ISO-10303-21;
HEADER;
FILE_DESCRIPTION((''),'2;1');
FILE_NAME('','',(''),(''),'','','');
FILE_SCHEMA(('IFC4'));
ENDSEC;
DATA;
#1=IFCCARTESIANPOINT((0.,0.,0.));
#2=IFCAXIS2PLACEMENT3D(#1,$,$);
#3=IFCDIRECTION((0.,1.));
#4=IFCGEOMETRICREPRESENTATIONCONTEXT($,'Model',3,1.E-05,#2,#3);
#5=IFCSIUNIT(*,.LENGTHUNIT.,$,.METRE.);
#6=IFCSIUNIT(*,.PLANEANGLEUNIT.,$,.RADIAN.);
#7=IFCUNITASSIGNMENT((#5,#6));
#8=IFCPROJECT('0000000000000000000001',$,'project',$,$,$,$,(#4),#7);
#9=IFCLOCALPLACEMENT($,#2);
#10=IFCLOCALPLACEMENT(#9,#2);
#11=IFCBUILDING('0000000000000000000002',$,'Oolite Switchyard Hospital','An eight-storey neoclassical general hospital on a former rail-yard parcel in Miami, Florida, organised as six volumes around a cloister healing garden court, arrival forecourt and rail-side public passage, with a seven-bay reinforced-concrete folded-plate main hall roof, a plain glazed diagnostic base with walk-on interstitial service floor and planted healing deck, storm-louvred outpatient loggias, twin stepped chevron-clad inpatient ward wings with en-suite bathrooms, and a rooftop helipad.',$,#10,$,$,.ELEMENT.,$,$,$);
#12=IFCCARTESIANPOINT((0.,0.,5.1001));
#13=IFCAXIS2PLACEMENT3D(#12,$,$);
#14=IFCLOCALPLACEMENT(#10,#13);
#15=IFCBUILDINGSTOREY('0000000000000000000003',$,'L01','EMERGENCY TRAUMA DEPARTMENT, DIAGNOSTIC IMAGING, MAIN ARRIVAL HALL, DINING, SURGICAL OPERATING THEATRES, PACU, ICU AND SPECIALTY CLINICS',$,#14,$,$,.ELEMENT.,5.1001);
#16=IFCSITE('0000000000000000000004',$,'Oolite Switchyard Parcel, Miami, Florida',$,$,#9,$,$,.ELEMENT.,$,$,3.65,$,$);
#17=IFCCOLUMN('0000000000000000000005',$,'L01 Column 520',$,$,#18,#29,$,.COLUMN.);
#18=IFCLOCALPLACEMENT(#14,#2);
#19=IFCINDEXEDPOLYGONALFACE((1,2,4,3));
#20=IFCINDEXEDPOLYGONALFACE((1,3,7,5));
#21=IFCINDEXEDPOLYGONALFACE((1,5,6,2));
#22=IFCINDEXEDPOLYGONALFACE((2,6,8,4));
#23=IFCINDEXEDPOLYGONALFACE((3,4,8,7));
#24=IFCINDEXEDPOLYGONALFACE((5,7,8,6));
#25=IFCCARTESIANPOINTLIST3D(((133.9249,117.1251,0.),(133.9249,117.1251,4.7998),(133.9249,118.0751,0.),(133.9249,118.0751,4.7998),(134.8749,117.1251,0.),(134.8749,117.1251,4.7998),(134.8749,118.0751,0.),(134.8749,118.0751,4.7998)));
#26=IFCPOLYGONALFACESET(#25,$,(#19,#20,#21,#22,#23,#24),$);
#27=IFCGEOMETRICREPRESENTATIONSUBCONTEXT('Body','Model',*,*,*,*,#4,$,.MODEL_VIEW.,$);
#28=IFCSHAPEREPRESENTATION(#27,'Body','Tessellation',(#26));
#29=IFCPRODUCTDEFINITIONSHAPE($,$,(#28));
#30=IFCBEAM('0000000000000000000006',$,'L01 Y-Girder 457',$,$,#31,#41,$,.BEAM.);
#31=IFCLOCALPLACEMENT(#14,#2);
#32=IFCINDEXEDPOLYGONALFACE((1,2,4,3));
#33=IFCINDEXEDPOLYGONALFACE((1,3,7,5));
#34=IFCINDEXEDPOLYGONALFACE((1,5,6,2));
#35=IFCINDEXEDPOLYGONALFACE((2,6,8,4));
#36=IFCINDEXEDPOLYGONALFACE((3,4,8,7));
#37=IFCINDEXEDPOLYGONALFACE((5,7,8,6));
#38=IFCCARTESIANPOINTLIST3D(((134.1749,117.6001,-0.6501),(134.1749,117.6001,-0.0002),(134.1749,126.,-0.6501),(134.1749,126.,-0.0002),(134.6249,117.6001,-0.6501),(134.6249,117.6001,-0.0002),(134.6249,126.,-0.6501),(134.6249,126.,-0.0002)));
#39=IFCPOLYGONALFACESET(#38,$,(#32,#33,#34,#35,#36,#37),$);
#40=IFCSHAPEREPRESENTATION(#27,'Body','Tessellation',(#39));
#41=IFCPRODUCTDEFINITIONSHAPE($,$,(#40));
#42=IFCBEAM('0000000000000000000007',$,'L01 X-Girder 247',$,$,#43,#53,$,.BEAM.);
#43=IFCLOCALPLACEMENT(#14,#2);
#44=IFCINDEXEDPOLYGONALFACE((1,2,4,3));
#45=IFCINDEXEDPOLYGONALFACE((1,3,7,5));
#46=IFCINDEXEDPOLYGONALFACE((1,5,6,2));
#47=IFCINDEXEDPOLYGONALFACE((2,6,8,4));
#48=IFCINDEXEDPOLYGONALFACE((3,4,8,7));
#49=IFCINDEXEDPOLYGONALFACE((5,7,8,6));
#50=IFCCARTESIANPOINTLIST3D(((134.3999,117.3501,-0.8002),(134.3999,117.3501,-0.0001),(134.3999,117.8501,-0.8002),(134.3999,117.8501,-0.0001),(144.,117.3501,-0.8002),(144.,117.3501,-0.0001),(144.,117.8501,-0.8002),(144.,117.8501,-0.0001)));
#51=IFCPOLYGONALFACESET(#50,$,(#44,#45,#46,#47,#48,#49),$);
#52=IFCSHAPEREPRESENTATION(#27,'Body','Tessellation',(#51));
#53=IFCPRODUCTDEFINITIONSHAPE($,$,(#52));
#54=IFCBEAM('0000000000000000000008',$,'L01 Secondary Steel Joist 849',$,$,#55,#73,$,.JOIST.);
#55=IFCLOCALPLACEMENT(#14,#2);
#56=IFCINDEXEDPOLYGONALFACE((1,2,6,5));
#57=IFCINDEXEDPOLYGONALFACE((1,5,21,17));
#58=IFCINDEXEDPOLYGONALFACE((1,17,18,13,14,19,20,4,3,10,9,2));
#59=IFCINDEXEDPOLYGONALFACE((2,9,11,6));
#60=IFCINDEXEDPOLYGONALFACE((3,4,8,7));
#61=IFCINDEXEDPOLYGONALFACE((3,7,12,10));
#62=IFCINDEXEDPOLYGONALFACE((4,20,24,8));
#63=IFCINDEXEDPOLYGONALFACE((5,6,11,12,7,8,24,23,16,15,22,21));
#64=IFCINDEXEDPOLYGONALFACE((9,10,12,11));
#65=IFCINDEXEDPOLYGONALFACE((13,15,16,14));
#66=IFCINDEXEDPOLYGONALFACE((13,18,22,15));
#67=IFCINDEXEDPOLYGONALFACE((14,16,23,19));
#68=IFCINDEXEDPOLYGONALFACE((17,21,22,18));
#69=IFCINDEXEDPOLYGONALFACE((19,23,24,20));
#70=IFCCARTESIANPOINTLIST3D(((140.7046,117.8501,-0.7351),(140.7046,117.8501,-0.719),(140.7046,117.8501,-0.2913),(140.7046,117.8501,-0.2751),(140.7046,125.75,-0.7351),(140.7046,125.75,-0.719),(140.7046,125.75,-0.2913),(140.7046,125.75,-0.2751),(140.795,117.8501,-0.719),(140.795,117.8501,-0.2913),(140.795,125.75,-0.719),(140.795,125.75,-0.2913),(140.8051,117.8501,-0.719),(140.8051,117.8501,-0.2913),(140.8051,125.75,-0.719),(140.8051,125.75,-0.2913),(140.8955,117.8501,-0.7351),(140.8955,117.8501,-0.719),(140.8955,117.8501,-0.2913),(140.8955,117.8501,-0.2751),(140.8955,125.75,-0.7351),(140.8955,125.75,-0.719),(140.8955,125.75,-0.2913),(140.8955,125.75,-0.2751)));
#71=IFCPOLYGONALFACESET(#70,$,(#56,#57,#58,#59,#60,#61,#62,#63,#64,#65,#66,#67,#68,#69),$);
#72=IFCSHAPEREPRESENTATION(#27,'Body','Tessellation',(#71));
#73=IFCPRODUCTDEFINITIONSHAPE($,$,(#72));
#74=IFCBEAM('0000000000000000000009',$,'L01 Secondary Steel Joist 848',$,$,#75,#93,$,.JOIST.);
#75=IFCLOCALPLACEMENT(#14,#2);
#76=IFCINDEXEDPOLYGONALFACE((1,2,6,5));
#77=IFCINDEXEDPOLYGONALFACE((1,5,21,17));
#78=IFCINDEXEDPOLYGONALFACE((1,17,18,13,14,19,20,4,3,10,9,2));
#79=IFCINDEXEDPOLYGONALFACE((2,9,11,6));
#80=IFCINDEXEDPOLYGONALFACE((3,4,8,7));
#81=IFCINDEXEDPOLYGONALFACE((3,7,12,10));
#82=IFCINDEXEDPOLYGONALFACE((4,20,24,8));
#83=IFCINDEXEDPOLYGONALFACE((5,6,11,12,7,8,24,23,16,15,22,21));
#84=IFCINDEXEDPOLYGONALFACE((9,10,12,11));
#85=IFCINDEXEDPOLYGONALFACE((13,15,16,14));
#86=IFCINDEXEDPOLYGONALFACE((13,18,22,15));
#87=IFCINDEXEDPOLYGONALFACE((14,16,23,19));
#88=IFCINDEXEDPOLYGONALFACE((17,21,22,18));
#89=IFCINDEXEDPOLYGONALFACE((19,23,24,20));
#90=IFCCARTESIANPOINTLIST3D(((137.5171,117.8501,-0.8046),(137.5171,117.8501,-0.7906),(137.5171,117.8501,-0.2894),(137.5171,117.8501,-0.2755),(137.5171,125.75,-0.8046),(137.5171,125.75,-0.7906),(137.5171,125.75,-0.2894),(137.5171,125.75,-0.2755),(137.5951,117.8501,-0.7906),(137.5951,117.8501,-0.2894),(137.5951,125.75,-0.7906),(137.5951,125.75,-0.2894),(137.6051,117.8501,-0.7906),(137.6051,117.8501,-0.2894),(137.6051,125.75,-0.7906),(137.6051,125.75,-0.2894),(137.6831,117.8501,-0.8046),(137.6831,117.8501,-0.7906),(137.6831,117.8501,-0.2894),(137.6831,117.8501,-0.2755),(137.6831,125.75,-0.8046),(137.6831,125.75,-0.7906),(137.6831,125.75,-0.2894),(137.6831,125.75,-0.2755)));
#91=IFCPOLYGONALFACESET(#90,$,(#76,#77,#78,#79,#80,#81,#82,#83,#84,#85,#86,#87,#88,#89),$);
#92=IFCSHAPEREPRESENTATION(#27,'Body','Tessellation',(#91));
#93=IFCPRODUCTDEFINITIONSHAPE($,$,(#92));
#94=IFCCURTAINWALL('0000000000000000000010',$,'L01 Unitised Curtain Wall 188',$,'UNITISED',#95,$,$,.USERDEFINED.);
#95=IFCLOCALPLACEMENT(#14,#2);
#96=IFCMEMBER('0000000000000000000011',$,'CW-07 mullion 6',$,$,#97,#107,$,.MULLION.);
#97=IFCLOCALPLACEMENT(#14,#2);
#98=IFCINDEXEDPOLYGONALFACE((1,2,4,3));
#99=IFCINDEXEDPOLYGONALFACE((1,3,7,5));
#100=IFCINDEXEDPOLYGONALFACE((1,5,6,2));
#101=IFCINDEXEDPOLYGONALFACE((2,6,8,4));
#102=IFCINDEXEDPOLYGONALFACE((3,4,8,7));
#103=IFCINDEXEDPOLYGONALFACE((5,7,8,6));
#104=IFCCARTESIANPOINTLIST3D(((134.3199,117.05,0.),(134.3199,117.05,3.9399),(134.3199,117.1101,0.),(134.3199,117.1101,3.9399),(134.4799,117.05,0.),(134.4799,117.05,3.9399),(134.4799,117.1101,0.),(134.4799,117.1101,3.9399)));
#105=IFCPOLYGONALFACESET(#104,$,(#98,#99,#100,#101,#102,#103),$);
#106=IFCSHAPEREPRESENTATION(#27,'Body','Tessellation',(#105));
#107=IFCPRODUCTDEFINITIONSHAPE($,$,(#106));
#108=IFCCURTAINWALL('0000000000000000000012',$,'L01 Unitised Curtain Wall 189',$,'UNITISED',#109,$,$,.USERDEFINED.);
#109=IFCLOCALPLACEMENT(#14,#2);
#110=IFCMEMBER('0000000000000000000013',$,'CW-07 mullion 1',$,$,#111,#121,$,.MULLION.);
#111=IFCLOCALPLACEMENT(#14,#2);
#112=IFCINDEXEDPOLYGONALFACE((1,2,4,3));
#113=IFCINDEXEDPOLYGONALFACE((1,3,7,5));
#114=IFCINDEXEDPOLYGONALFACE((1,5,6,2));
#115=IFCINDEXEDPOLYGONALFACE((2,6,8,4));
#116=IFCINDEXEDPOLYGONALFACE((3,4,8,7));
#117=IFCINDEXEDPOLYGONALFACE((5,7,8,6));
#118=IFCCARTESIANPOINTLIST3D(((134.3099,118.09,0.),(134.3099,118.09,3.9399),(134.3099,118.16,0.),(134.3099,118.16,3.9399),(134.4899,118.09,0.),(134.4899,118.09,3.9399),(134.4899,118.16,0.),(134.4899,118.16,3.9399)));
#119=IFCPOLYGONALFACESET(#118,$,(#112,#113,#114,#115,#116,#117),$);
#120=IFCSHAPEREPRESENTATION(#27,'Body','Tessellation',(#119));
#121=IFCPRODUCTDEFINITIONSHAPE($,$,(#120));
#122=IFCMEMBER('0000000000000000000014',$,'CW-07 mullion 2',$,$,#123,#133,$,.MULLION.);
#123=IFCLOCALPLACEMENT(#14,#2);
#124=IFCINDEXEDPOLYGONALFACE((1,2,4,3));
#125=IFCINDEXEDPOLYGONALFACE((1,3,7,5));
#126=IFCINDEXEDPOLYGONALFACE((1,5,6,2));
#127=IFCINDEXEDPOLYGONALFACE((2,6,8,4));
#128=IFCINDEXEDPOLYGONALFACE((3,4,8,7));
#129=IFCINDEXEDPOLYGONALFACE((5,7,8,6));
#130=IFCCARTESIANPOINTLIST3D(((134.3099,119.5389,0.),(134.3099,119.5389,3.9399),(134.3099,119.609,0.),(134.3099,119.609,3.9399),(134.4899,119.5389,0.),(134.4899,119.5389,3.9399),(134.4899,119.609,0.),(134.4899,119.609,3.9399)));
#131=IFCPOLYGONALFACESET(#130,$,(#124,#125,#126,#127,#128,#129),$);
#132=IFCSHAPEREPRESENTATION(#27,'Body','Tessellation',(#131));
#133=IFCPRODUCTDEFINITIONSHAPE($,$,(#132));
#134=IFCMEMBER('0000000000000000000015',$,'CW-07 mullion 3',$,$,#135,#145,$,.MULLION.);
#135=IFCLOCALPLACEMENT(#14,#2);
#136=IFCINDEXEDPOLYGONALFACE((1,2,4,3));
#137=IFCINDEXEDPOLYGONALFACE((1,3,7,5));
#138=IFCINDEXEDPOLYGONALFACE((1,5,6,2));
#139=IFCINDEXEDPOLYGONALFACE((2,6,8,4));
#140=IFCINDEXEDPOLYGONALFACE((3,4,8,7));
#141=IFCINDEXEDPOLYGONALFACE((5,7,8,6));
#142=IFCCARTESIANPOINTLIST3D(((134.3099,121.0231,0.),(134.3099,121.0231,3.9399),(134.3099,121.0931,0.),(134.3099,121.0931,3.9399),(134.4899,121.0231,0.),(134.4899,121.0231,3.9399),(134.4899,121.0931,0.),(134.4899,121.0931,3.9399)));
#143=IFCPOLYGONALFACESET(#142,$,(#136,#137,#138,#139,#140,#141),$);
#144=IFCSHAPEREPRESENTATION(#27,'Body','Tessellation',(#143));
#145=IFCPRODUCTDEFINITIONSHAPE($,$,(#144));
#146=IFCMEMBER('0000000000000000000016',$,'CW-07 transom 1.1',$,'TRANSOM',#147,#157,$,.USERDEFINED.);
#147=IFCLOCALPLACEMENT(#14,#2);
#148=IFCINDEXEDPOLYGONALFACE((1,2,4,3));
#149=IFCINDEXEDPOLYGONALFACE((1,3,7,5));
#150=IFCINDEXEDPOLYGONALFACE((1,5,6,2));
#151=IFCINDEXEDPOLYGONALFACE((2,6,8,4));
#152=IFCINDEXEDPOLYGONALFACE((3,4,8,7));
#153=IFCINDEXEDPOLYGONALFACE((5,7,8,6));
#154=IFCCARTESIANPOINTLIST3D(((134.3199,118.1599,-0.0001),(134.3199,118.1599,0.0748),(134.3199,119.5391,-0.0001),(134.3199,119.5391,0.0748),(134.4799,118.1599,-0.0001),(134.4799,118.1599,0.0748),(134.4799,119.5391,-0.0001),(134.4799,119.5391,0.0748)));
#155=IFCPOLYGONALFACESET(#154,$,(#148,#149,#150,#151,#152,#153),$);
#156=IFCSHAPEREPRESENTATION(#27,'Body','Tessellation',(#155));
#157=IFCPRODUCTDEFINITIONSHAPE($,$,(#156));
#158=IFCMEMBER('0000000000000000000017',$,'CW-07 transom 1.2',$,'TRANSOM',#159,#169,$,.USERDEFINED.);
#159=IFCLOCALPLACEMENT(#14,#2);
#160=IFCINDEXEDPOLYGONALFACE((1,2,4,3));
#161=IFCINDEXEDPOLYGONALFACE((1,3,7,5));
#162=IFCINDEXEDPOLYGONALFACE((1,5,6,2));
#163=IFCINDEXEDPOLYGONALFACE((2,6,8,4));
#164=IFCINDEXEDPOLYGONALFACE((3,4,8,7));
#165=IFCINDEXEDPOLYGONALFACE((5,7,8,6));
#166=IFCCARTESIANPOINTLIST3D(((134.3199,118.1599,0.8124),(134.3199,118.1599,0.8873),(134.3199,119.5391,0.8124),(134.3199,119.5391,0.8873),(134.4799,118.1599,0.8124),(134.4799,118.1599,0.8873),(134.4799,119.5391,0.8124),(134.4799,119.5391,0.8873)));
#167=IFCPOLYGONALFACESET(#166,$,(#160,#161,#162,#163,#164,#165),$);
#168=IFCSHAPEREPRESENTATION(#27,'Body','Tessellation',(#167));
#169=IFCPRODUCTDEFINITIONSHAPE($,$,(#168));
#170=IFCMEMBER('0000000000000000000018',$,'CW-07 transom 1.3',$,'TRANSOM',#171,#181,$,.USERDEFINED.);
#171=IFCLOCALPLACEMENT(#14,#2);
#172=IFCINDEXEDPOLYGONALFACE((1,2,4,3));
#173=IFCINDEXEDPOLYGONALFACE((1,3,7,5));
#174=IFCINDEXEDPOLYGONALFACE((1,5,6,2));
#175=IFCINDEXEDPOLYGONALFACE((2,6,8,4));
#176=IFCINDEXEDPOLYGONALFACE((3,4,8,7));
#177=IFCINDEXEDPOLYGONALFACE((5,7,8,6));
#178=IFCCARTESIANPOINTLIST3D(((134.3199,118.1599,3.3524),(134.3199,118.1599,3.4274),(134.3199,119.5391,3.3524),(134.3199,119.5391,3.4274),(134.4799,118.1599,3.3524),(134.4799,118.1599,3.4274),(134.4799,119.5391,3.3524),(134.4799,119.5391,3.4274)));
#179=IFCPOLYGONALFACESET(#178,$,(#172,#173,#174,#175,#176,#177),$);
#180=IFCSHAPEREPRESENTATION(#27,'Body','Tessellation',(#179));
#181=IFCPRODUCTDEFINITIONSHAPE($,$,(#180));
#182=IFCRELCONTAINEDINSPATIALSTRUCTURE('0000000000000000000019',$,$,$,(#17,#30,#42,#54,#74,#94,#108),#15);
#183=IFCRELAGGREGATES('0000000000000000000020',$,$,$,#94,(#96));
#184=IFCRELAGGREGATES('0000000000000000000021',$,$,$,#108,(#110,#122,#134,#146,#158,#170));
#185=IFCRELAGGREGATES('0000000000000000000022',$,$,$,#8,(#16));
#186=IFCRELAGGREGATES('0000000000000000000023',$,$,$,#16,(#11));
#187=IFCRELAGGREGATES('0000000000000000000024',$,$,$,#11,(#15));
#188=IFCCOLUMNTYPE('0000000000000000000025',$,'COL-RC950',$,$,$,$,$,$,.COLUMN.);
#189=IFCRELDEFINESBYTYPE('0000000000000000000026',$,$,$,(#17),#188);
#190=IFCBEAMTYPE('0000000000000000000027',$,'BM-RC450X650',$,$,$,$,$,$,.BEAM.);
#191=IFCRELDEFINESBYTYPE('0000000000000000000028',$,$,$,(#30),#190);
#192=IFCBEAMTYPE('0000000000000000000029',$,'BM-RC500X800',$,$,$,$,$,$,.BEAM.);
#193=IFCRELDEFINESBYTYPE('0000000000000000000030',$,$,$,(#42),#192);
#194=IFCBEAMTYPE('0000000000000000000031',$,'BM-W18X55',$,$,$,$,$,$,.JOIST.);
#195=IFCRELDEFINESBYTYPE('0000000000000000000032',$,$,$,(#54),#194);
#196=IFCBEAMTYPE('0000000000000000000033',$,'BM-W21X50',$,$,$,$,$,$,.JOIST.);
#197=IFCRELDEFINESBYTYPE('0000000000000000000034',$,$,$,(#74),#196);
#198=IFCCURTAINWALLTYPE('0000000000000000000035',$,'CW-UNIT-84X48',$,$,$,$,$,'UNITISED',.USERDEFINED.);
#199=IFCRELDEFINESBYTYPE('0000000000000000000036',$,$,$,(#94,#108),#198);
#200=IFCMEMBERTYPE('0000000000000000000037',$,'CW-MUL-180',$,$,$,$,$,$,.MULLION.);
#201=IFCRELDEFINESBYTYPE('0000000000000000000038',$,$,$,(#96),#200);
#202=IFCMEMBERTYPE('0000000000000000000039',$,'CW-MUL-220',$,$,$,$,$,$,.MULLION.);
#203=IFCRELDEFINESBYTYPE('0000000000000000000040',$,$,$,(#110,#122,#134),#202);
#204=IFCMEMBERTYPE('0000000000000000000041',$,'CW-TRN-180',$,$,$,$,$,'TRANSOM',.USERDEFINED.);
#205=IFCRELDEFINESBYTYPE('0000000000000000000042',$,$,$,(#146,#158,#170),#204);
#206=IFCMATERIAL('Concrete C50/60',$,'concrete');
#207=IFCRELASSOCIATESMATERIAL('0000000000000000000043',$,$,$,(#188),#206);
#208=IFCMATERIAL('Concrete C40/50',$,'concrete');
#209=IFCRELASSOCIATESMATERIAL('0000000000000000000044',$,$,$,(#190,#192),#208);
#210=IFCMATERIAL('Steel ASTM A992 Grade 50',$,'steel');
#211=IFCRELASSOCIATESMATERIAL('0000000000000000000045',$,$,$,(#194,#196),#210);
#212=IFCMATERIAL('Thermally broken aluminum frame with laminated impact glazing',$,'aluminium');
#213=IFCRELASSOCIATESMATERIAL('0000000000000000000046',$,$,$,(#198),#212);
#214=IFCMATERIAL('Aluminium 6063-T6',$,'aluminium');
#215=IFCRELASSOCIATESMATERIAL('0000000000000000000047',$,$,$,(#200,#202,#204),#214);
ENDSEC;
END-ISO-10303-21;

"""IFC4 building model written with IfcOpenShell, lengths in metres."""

from ifc_helpers import new_model, si_unit, direction, frame, origin, origin_2d, place, context, subcontext, project, spatial, rectangle, i_section, extrude, material, material_profile, profile_set, type_object, element, aggregate, save


model = new_model("IFC4")

# Units and contexts
model_context = context("Model", 3, precision=1e-05, world=origin(), true_north=direction((0.0, 1.0)))
body_context = subcontext(model_context, "Body", "Model", "MODEL_VIEW")
ifc_project = project(units=[si_unit("LENGTHUNIT", "METRE"), si_unit("PLANEANGLEUNIT", "RADIAN")], contexts=[model_context])

# Site, building, storey
site_placement = place(None, origin())
site = spatial("IfcSite", under=ifc_project, at=site_placement, Name="Oolite Switchyard Parcel, Miami, Florida", CompositionType="ELEMENT", RefElevation=3.65)
building_placement = place(site_placement, origin())
building = spatial("IfcBuilding", under=site, at=building_placement, Name="Oolite Switchyard Hospital", Description="An eight-storey neoclassical general hospital on a former rail-yard parcel in Miami, Florida, organised as six volumes around a cloister healing garden court, arrival forecourt and rail-side public passage, with a seven-bay reinforced-concrete folded-plate main hall roof, a plain glazed diagnostic base with walk-on interstitial service floor and planted healing deck, storm-louvred outpatient loggias, twin stepped chevron-clad inpatient ward wings with en-suite bathrooms, and a rooftop helipad.", CompositionType="ELEMENT")
storey_placement = place(building_placement, frame((0.0, 0.0, 5.1001)))
storey = spatial("IfcBuildingStorey", under=building, at=storey_placement, Name="L01", Description="EMERGENCY TRAUMA DEPARTMENT, DIAGNOSTIC IMAGING, MAIN ARRIVAL HALL, DINING, SURGICAL OPERATING THEATRES, PACU, ICU AND SPECIALTY CLINICS", CompositionType="ELEMENT", Elevation=5.1001)

# Column
ifc_material_1 = material(Name="Concrete C50/60", Category="concrete")
ifc_material_profile_1 = material_profile(ifc_material_1, rectangle(XDim=0.95, YDim=0.95, at=origin_2d()), Name="RC950X950")
ifc_profile_set_1 = profile_set([ifc_material_profile_1], Name="Concrete C50/60")
column_type = type_object("IfcColumnType", Name="COL-RC950", PredefinedType="COLUMN", material=ifc_profile_set_1)
column_placement = place(storey_placement, frame((134.3999, 117.6001, 0.0), z_axis=(0.0, 0.0, 1.0), x_axis=(1.0, 0.0, 0.0)))
element("IfcColumn", 1, at=column_placement, inside=storey, type_object=column_type, Name="L01 Column 520", PredefinedType="COLUMN", context=body_context, shape_type="SweptSolid", body=[
    extrude(rectangle(XDim=0.95, YDim=0.95, at=origin_2d()), origin(), (0.0, 0.0, 1.0), 4.7998),
])

# Beams
ifc_material_2 = material(Name="Concrete C40/50", Category="concrete")
ifc_material_profile_2 = material_profile(ifc_material_2, rectangle(XDim=0.45, YDim=0.6499, at=origin_2d()), Name="RCB450X650")
ifc_profile_set_2 = profile_set([ifc_material_profile_2], Name="Concrete C40/50")
beam_type_1 = type_object("IfcBeamType", Name="BM-RC450X650", PredefinedType="BEAM", material=ifc_profile_set_2)
beam_1_placement = place(storey_placement, frame((134.3999, 117.6001, -0.3252), z_axis=(0.0, 1.0, 0.0), x_axis=(-1.0, 0.0, 0.0)))
element("IfcBeam", 2, at=beam_1_placement, inside=storey, type_object=beam_type_1, Name="L01 Y-Girder 457", PredefinedType="BEAM", context=body_context, shape_type="SweptSolid", body=[
    extrude(rectangle(XDim=0.45, YDim=0.6499, at=origin_2d()), origin(), (0.0, 0.0, 1.0), 8.3999),
])
ifc_material_profile_3 = material_profile(ifc_material_2, rectangle(XDim=0.5, YDim=0.8, at=origin_2d()), Name="RCB500X800")
ifc_profile_set_3 = profile_set([ifc_material_profile_3], Name="Concrete C40/50")
beam_type_2 = type_object("IfcBeamType", Name="BM-RC500X800", PredefinedType="BEAM", material=ifc_profile_set_3)
beam_2_placement = place(storey_placement, frame((134.3999, 117.6001, -0.4001), z_axis=(1.0, 0.0, 0.0), x_axis=(0.0, 1.0, 0.0)))
element("IfcBeam", 3, at=beam_2_placement, inside=storey, type_object=beam_type_2, Name="L01 X-Girder 247", PredefinedType="BEAM", context=body_context, shape_type="SweptSolid", body=[
    extrude(rectangle(XDim=0.5, YDim=0.8, at=origin_2d()), origin(), (0.0, 0.0, 1.0), 9.6001),
])
ifc_material_3 = material(Name="Steel ASTM A992 Grade 50", Category="steel")
ifc_material_profile_4 = material_profile(ifc_material_3, i_section(OverallWidth=0.1909, OverallDepth=0.46, WebThickness=0.01, FlangeThickness=0.0161, at=origin_2d()), Name="W18X55")
ifc_profile_set_4 = profile_set([ifc_material_profile_4], Name="Steel ASTM A992 Grade 50")
beam_type_3 = type_object("IfcBeamType", Name="BM-W18X55", PredefinedType="JOIST", material=ifc_profile_set_4)
beam_3_placement = place(storey_placement, frame((140.8, 117.8501, -0.5051), z_axis=(0.0, 1.0, 0.0), x_axis=(-1.0, 0.0, 0.0)))
element("IfcBeam", 4, at=beam_3_placement, inside=storey, type_object=beam_type_3, Name="L01 Secondary Steel Joist 849", PredefinedType="JOIST", context=body_context, shape_type="SweptSolid", body=[
    extrude(i_section(OverallWidth=0.1909, OverallDepth=0.46, WebThickness=0.01, FlangeThickness=0.0161, at=origin_2d()), origin(), (0.0, 0.0, 1.0), 7.8999),
])
ifc_material_profile_5 = material_profile(ifc_material_3, i_section(OverallWidth=0.166, OverallDepth=0.5291, WebThickness=0.01, FlangeThickness=0.0139, at=origin_2d()), Name="W21X50")
ifc_profile_set_5 = profile_set([ifc_material_profile_5], Name="Steel ASTM A992 Grade 50")
beam_type_4 = type_object("IfcBeamType", Name="BM-W21X50", PredefinedType="JOIST", material=ifc_profile_set_5)
beam_4_placement = place(storey_placement, frame((137.6001, 117.8501, -0.54), z_axis=(0.0, 1.0, 0.0), x_axis=(-1.0, 0.0, 0.0)))
element("IfcBeam", 5, at=beam_4_placement, inside=storey, type_object=beam_type_4, Name="L01 Secondary Steel Joist 848", PredefinedType="JOIST", context=body_context, shape_type="SweptSolid", body=[
    extrude(i_section(OverallWidth=0.166, OverallDepth=0.5291, WebThickness=0.01, FlangeThickness=0.0139, at=origin_2d()), origin(), (0.0, 0.0, 1.0), 7.8999),
])

# Curtain wall, member
ifc_material_4 = material(Name="Thermally broken aluminum frame with laminated impact glazing", Category="aluminium")
curtain_wall_type = type_object("IfcCurtainWallType", Name="CW-UNIT-84X48", ElementType="UNITISED", PredefinedType="USERDEFINED", material=ifc_material_4)
curtain_wall_1_placement = place(storey_placement, origin())
curtain_wall_1 = element("IfcCurtainWall", 6, at=curtain_wall_1_placement, inside=storey, type_object=curtain_wall_type, Name="L01 Unitised Curtain Wall 188", ObjectType="UNITISED", PredefinedType="USERDEFINED")
ifc_material_5 = material(Name="Aluminium 6063-T6", Category="aluminium")
ifc_material_profile_6 = material_profile(ifc_material_5, rectangle(XDim=0.1599, YDim=0.0601, at=origin_2d()), Name="CWM60X160")
ifc_profile_set_6 = profile_set([ifc_material_profile_6], Name="Aluminium 6063-T6")
member_type_1 = type_object("IfcMemberType", Name="CW-MUL-180", PredefinedType="MULLION", material=ifc_profile_set_6)
member_1_placement = place(storey_placement, frame((134.3999, 117.0801, 0.0), z_axis=(0.0, 0.0, 1.0), x_axis=(-1.0, 0.0, 0.0)))
member_1 = element("IfcMember", 7, at=member_1_placement, type_object=member_type_1, Name="CW-07 mullion 6", PredefinedType="MULLION", context=body_context, shape_type="SweptSolid", body=[
    extrude(rectangle(XDim=0.1599, YDim=0.0601, at=origin_2d()), origin(), (0.0, 0.0, 1.0), 3.9399),
])
aggregate(curtain_wall_1, [member_1])

# Curtain wall, members
curtain_wall_2_placement = place(storey_placement, origin())
curtain_wall_2 = element("IfcCurtainWall", 8, at=curtain_wall_2_placement, inside=storey, type_object=curtain_wall_type, Name="L01 Unitised Curtain Wall 189", ObjectType="UNITISED", PredefinedType="USERDEFINED")
ifc_material_profile_7 = material_profile(ifc_material_5, rectangle(XDim=0.1799, YDim=0.0701, at=origin_2d()), Name="CWM70X180")
ifc_profile_set_7 = profile_set([ifc_material_profile_7], Name="Aluminium 6063-T6")
member_type_2 = type_object("IfcMemberType", Name="CW-MUL-220", PredefinedType="MULLION", material=ifc_profile_set_7)
member_2_placement = place(storey_placement, frame((134.3999, 118.125, 0.0), z_axis=(0.0, 0.0, 1.0), x_axis=(-1.0, 0.0, 0.0)))
member_2 = element("IfcMember", 9, at=member_2_placement, type_object=member_type_2, Name="CW-07 mullion 1", PredefinedType="MULLION", context=body_context, shape_type="SweptSolid", body=[
    extrude(rectangle(XDim=0.1799, YDim=0.0701, at=origin_2d()), origin(), (0.0, 0.0, 1.0), 3.9399),
])
member_3_placement = place(storey_placement, frame((134.3999, 119.574, 0.0), z_axis=(0.0, 0.0, 1.0), x_axis=(-1.0, 0.0, 0.0)))
member_3 = element("IfcMember", 10, at=member_3_placement, type_object=member_type_2, Name="CW-07 mullion 2", PredefinedType="MULLION", context=body_context, shape_type="SweptSolid", body=[
    extrude(rectangle(XDim=0.1799, YDim=0.0701, at=origin_2d()), origin(), (0.0, 0.0, 1.0), 3.9399),
])
member_4_placement = place(storey_placement, frame((134.3999, 121.0581, 0.0), z_axis=(0.0, 0.0, 1.0), x_axis=(-1.0, 0.0, 0.0)))
member_4 = element("IfcMember", 11, at=member_4_placement, type_object=member_type_2, Name="CW-07 mullion 3", PredefinedType="MULLION", context=body_context, shape_type="SweptSolid", body=[
    extrude(rectangle(XDim=0.1799, YDim=0.0701, at=origin_2d()), origin(), (0.0, 0.0, 1.0), 3.9399),
])
ifc_material_profile_8 = material_profile(ifc_material_5, rectangle(XDim=0.1599, YDim=0.075, at=origin_2d()), Name="CWT75X160")
ifc_profile_set_8 = profile_set([ifc_material_profile_8], Name="Aluminium 6063-T6")
member_type_3 = type_object("IfcMemberType", Name="CW-TRN-180", ElementType="TRANSOM", PredefinedType="USERDEFINED", material=ifc_profile_set_8)
member_5_placement = place(storey_placement, frame((134.3999, 118.1599, 0.0374), z_axis=(0.0, 1.0, 0.0), x_axis=(-1.0, 0.0, 0.0)))
member_5 = element("IfcMember", 12, at=member_5_placement, type_object=member_type_3, Name="CW-07 transom 1.1", ObjectType="TRANSOM", PredefinedType="USERDEFINED", context=body_context, shape_type="SweptSolid", body=[
    extrude(rectangle(XDim=0.1599, YDim=0.075, at=origin_2d()), origin(), (0.0, 0.0, 1.0), 1.3792),
])
member_6_placement = place(storey_placement, frame((134.3999, 118.1599, 0.8499), z_axis=(0.0, 1.0, 0.0), x_axis=(-1.0, 0.0, 0.0)))
member_6 = element("IfcMember", 13, at=member_6_placement, type_object=member_type_3, Name="CW-07 transom 1.2", ObjectType="TRANSOM", PredefinedType="USERDEFINED", context=body_context, shape_type="SweptSolid", body=[
    extrude(rectangle(XDim=0.1599, YDim=0.075, at=origin_2d()), origin(), (0.0, 0.0, 1.0), 1.3792),
])
member_7_placement = place(storey_placement, frame((134.3999, 118.1599, 3.3899), z_axis=(0.0, 1.0, 0.0), x_axis=(-1.0, 0.0, 0.0)))
member_7 = element("IfcMember", 14, at=member_7_placement, type_object=member_type_3, Name="CW-07 transom 1.3", ObjectType="TRANSOM", PredefinedType="USERDEFINED", context=body_context, shape_type="SweptSolid", body=[
    extrude(rectangle(XDim=0.1599, YDim=0.075, at=origin_2d()), origin(), (0.0, 0.0, 1.0), 1.3792),
])
aggregate(curtain_wall_2, [member_2, member_3, member_4, member_5, member_6, member_7])

save(model, "model.ifc")
